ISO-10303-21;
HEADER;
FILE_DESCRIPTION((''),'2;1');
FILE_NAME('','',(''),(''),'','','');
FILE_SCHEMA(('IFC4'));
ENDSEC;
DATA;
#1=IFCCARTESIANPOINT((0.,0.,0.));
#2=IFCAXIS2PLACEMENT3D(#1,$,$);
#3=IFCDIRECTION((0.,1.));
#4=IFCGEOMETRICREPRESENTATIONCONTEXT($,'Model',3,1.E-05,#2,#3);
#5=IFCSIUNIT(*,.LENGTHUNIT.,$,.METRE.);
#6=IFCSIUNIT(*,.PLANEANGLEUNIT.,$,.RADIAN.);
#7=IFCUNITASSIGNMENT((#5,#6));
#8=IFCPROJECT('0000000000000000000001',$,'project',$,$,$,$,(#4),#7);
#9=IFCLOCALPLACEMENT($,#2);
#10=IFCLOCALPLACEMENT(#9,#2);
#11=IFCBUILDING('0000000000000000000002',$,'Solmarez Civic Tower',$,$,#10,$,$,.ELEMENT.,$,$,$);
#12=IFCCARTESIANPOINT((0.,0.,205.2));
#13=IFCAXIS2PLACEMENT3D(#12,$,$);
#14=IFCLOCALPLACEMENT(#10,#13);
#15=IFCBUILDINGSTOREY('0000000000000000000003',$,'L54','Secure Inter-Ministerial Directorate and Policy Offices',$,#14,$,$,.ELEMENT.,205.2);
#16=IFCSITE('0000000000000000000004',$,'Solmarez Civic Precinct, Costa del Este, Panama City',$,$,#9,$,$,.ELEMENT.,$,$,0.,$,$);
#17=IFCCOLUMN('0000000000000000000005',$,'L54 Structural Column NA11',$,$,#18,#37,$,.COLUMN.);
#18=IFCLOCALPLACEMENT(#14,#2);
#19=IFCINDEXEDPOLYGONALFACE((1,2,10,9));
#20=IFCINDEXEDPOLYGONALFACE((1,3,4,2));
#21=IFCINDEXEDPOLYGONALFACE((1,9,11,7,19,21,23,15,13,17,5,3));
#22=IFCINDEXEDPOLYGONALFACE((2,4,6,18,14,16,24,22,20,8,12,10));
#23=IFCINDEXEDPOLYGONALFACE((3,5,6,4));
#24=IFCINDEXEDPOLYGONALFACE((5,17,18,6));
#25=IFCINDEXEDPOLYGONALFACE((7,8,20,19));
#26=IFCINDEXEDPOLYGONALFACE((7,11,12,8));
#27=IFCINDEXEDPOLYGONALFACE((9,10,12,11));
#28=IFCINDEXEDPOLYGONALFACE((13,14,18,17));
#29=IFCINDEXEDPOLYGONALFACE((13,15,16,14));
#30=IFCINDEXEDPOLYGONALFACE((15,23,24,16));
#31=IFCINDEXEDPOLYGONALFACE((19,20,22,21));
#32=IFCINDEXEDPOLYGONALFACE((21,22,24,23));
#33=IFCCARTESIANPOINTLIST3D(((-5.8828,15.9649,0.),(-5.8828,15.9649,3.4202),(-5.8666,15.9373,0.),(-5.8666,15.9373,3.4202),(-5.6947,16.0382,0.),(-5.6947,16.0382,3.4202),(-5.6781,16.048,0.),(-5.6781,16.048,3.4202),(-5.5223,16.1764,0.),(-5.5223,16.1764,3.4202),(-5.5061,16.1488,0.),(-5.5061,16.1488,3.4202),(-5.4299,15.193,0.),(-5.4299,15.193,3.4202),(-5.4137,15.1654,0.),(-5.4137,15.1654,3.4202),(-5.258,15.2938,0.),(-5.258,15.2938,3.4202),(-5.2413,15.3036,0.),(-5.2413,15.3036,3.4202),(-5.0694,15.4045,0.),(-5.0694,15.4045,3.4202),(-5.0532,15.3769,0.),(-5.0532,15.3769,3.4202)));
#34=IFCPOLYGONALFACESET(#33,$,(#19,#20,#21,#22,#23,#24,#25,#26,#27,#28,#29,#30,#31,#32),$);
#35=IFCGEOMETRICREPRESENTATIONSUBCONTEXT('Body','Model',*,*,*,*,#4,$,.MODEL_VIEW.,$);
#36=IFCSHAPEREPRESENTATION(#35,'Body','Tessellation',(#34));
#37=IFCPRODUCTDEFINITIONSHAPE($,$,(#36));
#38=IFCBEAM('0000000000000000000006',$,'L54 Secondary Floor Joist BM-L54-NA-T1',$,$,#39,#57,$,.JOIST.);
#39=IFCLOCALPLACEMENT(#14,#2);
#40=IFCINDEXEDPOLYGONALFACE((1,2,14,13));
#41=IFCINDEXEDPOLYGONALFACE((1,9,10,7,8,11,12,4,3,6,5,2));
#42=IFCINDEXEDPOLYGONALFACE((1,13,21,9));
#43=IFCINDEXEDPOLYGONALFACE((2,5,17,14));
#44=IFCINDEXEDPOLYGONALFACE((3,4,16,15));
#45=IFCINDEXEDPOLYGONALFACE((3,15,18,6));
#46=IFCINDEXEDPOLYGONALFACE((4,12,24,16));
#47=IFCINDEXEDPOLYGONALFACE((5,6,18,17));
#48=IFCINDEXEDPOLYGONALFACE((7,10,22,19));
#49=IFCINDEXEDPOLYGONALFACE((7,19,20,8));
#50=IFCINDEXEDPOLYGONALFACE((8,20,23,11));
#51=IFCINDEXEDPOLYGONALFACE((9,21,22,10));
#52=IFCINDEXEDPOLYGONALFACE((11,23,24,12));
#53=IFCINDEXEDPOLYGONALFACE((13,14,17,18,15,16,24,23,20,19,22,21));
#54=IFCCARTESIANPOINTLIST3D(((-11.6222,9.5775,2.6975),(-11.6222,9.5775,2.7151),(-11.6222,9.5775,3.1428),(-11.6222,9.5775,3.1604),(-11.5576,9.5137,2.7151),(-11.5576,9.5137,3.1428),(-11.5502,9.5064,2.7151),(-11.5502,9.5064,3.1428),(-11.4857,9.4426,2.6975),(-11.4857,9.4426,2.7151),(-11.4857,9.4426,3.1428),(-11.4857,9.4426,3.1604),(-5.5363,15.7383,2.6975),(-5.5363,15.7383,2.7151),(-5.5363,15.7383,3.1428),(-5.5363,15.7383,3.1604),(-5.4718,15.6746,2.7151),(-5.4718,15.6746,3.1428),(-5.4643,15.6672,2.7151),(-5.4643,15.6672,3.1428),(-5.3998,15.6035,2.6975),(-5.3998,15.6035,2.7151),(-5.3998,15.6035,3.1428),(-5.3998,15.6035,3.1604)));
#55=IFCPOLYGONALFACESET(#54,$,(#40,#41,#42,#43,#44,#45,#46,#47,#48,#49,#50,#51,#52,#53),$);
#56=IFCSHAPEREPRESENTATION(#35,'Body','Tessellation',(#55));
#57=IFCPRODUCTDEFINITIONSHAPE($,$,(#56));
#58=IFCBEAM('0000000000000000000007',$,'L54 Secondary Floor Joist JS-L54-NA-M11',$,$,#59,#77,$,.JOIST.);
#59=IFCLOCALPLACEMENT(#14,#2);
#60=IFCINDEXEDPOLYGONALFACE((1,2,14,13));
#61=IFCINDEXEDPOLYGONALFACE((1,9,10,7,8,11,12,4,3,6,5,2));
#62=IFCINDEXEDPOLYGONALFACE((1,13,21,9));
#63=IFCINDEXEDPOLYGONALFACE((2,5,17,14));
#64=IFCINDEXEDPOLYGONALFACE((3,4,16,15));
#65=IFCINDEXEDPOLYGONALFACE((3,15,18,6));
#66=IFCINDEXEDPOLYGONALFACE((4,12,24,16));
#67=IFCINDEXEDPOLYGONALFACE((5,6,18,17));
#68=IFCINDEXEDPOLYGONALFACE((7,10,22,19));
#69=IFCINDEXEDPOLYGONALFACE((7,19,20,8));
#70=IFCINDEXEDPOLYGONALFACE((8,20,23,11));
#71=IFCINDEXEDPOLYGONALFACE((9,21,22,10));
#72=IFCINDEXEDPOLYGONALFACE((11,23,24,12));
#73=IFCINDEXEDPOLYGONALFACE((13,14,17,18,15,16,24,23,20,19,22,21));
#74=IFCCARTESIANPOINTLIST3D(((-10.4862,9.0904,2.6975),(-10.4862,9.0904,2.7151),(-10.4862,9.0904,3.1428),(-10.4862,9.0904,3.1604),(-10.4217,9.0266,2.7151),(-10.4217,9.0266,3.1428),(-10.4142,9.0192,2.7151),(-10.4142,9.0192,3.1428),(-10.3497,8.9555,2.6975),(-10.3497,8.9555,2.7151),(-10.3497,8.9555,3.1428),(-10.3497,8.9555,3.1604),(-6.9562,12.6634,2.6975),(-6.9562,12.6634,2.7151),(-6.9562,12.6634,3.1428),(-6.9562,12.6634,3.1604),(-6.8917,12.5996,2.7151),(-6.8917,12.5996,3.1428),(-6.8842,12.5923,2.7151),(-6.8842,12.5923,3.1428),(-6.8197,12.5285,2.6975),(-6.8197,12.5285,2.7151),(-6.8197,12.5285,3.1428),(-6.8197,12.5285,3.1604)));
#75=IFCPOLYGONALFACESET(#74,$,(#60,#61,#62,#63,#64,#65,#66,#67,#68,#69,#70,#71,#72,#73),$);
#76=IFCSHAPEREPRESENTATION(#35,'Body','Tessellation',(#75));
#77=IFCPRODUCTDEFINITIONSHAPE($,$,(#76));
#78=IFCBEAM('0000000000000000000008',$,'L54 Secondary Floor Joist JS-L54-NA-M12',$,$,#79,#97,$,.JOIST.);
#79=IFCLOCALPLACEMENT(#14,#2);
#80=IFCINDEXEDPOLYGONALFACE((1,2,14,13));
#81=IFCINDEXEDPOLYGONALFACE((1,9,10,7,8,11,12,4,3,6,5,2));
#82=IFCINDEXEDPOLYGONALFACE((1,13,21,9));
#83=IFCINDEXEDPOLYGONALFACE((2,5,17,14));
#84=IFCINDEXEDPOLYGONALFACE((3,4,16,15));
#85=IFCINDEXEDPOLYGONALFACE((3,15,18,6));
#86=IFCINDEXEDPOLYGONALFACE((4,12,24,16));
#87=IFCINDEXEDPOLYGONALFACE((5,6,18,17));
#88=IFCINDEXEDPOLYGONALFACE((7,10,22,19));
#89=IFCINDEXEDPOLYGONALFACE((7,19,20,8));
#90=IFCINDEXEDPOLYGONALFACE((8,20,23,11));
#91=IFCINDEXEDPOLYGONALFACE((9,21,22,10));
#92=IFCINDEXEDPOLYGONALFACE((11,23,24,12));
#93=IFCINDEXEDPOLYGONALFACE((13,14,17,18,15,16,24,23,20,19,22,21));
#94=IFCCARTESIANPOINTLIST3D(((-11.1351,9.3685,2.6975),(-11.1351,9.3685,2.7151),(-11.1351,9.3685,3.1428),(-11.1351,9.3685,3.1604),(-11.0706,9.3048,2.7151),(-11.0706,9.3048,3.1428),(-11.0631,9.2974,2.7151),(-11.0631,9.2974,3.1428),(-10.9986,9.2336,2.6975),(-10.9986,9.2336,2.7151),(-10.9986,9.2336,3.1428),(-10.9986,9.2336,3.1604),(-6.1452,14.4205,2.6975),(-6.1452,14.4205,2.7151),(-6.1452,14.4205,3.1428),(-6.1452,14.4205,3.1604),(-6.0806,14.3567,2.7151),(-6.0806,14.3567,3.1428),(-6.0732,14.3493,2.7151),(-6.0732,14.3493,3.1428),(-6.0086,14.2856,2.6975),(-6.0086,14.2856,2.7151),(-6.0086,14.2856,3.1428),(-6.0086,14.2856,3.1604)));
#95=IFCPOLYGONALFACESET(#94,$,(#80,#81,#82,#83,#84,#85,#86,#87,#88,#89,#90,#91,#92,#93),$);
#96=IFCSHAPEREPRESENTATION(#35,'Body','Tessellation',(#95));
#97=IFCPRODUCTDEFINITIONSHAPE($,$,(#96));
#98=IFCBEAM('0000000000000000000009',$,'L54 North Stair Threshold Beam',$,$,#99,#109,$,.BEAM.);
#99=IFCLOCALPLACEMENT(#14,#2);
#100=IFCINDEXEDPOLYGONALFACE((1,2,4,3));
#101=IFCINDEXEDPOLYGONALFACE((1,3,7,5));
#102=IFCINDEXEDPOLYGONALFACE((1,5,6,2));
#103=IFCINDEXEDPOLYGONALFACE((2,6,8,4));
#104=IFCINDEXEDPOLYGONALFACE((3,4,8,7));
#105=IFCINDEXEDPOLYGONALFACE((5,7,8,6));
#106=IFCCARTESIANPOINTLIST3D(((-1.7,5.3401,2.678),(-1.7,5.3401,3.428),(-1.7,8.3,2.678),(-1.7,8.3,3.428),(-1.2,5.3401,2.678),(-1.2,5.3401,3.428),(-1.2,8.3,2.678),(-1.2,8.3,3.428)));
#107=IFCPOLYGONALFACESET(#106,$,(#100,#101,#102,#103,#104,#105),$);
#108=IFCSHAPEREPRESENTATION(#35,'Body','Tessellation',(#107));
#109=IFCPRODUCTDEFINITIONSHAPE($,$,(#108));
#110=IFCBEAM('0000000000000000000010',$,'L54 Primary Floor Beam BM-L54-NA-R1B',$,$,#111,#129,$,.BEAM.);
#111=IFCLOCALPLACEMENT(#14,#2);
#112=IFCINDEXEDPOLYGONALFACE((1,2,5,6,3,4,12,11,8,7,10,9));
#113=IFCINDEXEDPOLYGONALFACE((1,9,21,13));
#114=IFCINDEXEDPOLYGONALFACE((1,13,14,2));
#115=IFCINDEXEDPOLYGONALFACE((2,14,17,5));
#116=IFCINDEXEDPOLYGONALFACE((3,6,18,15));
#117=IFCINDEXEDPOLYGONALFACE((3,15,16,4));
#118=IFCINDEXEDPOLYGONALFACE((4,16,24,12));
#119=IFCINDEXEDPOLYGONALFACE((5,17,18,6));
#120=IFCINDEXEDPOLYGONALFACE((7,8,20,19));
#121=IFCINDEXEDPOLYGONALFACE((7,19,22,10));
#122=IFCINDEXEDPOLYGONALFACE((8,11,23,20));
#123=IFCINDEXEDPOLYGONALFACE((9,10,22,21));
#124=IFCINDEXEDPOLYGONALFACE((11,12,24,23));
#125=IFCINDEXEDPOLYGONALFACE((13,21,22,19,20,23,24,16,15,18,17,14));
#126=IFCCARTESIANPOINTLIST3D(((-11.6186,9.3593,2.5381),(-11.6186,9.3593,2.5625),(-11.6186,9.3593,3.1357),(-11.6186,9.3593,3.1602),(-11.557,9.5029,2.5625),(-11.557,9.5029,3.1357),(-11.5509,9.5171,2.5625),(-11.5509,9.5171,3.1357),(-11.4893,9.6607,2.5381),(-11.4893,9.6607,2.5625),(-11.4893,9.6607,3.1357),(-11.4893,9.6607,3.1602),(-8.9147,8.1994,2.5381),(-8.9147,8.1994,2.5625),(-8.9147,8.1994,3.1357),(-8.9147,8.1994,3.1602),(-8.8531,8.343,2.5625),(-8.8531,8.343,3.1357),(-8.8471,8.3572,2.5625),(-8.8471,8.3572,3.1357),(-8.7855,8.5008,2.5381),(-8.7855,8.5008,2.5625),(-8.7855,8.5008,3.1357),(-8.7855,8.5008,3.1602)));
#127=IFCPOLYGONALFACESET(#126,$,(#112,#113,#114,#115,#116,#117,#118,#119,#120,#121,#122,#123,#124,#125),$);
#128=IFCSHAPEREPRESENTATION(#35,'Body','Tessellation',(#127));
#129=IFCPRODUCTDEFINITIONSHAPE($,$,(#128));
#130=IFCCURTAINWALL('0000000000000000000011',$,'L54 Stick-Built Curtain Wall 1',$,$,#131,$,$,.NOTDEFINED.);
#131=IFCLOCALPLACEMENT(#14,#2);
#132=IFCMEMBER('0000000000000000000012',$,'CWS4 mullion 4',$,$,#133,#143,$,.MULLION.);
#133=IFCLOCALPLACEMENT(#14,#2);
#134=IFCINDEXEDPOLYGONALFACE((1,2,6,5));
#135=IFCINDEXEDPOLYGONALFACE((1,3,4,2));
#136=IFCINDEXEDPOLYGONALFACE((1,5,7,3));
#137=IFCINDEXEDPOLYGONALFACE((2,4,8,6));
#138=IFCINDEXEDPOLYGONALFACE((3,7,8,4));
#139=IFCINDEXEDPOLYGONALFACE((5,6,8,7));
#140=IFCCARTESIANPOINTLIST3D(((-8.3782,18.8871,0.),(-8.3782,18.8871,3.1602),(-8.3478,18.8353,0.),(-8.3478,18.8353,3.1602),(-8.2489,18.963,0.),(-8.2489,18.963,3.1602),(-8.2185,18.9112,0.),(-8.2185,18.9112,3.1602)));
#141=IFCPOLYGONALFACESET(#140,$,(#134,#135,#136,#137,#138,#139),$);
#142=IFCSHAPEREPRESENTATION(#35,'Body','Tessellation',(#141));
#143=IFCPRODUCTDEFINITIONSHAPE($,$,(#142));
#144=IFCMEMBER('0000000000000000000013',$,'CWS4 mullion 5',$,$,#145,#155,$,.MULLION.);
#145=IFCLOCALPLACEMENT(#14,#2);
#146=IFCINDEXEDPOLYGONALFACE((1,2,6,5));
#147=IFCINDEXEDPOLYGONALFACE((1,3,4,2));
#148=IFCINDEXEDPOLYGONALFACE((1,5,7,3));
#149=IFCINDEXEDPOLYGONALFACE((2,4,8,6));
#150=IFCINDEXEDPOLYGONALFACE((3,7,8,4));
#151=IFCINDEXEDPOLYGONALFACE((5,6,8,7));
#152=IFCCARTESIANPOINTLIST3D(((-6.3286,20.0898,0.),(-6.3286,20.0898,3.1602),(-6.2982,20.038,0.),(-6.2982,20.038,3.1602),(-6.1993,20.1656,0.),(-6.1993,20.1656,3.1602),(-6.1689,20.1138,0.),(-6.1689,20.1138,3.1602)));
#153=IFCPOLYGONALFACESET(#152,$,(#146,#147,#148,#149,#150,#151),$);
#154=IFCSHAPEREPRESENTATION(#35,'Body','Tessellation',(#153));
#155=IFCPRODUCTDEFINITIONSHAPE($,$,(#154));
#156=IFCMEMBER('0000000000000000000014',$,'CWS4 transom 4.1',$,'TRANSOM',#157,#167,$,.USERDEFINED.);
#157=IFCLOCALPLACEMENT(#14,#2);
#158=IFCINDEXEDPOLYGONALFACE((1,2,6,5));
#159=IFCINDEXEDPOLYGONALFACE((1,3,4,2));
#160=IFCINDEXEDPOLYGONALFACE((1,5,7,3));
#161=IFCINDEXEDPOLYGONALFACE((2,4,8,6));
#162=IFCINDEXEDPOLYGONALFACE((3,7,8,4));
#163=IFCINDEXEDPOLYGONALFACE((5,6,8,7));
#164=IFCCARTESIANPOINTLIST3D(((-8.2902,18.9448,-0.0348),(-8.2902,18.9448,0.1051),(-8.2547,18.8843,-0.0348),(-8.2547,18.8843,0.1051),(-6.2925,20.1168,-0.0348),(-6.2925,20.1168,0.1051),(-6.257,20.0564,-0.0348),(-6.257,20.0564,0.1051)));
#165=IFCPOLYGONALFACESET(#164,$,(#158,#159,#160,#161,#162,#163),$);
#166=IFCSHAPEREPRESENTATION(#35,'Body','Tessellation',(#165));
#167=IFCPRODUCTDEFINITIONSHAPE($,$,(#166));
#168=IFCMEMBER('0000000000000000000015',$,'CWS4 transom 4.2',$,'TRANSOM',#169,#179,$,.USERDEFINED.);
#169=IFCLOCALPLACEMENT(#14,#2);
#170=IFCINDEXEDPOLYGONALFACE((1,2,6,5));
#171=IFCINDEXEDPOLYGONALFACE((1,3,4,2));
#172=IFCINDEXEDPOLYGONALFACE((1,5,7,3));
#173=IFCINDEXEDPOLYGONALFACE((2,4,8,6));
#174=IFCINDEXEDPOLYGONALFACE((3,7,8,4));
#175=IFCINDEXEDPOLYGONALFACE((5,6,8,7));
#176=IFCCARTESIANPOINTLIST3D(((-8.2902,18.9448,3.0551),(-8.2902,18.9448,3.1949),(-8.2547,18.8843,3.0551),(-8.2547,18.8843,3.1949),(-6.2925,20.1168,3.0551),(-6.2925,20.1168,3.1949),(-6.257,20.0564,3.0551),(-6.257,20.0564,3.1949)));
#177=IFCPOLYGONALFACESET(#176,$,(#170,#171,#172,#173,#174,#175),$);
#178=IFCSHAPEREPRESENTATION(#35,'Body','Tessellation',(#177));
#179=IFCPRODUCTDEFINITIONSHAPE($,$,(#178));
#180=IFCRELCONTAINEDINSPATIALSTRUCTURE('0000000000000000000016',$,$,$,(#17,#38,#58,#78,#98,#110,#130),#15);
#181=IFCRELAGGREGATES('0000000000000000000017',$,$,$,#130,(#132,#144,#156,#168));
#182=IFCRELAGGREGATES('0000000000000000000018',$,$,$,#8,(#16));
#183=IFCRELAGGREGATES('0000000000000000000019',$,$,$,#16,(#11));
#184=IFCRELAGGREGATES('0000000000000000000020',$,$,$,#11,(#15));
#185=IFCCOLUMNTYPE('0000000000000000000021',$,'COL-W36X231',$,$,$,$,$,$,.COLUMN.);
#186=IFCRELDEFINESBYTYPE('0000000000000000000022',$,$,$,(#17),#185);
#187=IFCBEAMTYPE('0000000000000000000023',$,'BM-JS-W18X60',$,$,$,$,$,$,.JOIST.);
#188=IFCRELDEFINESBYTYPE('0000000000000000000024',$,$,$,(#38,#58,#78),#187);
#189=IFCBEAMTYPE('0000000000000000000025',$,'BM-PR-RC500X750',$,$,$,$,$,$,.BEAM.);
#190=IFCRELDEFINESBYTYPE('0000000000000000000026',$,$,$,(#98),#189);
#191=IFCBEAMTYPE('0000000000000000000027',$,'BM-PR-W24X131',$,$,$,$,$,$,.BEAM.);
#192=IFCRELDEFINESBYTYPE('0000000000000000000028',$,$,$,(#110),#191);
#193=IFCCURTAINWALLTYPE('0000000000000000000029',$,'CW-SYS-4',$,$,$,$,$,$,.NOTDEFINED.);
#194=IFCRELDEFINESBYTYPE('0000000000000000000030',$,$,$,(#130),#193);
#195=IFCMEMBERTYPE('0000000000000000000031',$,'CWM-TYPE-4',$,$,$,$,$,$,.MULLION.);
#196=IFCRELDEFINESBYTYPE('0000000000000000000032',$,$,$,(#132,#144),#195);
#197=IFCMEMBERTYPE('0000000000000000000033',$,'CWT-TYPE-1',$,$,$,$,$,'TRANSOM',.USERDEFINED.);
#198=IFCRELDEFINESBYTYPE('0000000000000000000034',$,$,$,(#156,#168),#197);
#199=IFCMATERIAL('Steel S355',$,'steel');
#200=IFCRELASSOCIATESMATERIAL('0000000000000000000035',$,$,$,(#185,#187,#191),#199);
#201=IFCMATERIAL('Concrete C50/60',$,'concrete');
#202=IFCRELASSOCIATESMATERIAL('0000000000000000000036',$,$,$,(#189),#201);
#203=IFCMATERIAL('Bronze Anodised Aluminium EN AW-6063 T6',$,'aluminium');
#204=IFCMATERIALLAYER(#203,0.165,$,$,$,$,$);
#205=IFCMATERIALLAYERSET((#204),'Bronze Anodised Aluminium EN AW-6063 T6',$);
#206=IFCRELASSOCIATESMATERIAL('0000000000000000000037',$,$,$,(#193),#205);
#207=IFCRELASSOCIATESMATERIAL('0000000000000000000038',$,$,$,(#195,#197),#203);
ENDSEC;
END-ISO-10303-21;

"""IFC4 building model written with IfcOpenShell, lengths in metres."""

from ifc_helpers import new_model, si_unit, direction, frame, origin, origin_2d, place, context, subcontext, project, spatial, rectangle, i_section, extrude, material, layer, layer_set, material_profile, profile_set, type_object, element, aggregate, save


model = new_model("IFC4")

# Units and contexts
model_context = context("Model", 3, precision=1e-05, world=origin(), true_north=direction((0.0, 1.0)))
body_context = subcontext(model_context, "Body", "Model", "MODEL_VIEW")
ifc_project = project(units=[si_unit("LENGTHUNIT", "METRE"), si_unit("PLANEANGLEUNIT", "RADIAN")], contexts=[model_context])

# Site, building, storey
site_placement = place(None, origin())
site = spatial("IfcSite", under=ifc_project, at=site_placement, Name="Solmarez Civic Precinct, Costa del Este, Panama City", CompositionType="ELEMENT", RefElevation=0.0)
building_placement = place(site_placement, origin())
building = spatial("IfcBuilding", under=site, at=building_placement, Name="Solmarez Civic Tower", CompositionType="ELEMENT")
storey_placement = place(building_placement, frame((0.0, 0.0, 205.2)))
storey = spatial("IfcBuildingStorey", under=building, at=storey_placement, Name="L54", Description="Secure Inter-Ministerial Directorate and Policy Offices", CompositionType="ELEMENT", Elevation=205.2)

# Column
ifc_material_1 = material(Name="Steel S355", Category="steel")
ifc_material_profile_1 = material_profile(ifc_material_1, i_section(OverallWidth=0.418, OverallDepth=0.927, WebThickness=0.0193, FlangeThickness=0.032, at=origin_2d()), Name="W36X231")
ifc_profile_set_1 = profile_set([ifc_material_profile_1], Name="Steel S355")
column_type = type_object("IfcColumnType", Name="COL-W36X231", PredefinedType="COLUMN", material=ifc_profile_set_1)
column_placement = place(storey_placement, frame((-5.468, 15.6709, 0.0), z_axis=(0.0, 0.0, 1.0), x_axis=(0.862514, 0.506034, 0.0)))
element("IfcColumn", 1, at=column_placement, inside=storey, type_object=column_type, Name="L54 Structural Column NA11", PredefinedType="COLUMN", context=body_context, shape_type="SweptSolid", body=[
    extrude(i_section(OverallWidth=0.418, OverallDepth=0.927, WebThickness=0.0193, FlangeThickness=0.032, at=origin_2d()), origin(), (0.0, 0.0, 1.0), 3.4202),
])

# Beams
ifc_material_profile_2 = material_profile(ifc_material_1, i_section(OverallWidth=0.1919, OverallDepth=0.4629, WebThickness=0.0105, FlangeThickness=0.0176, at=origin_2d()), Name="W18X60")
ifc_profile_set_2 = profile_set([ifc_material_profile_2], Name="Steel S355")
beam_type_1 = type_object("IfcBeamType", Name="BM-JS-W18X60", PredefinedType="JOIST", material=ifc_profile_set_2)
beam_1_placement = place(storey_placement, frame((-5.468, 15.6709, 2.929), z_axis=(-0.702766, -0.711421, 0.0), x_axis=(0.711421, -0.702766, 0.0)))
element("IfcBeam", 2, at=beam_1_placement, inside=storey, type_object=beam_type_1, Name="L54 Secondary Floor Joist BM-L54-NA-T1", PredefinedType="JOIST", context=body_context, shape_type="SweptSolid", body=[
    extrude(i_section(OverallWidth=0.1919, OverallDepth=0.4629, WebThickness=0.0105, FlangeThickness=0.0176, at=origin_2d()), origin(), (0.0, 0.0, 1.0), 8.6599),
])
beam_2_placement = place(storey_placement, frame((-6.8879, 12.5959, 2.929), z_axis=(-0.702816, -0.711371, 0.0), x_axis=(0.711371, -0.702816, 0.0)))
element("IfcBeam", 3, at=beam_2_placement, inside=storey, type_object=beam_type_1, Name="L54 Secondary Floor Joist JS-L54-NA-M11", PredefinedType="JOIST", context=body_context, shape_type="SweptSolid", body=[
    extrude(i_section(OverallWidth=0.1919, OverallDepth=0.4629, WebThickness=0.0105, FlangeThickness=0.0176, at=origin_2d()), origin(), (0.0, 0.0, 1.0), 5.0227),
])
beam_3_placement = place(storey_placement, frame((-6.0769, 14.353, 2.929), z_axis=(-0.702727, -0.71146, 0.0), x_axis=(0.71146, -0.702727, 0.0)))
element("IfcBeam", 4, at=beam_3_placement, inside=storey, type_object=beam_type_1, Name="L54 Secondary Floor Joist JS-L54-NA-M12", PredefinedType="JOIST", context=body_context, shape_type="SweptSolid", body=[
    extrude(i_section(OverallWidth=0.1919, OverallDepth=0.4629, WebThickness=0.0105, FlangeThickness=0.0176, at=origin_2d()), origin(), (0.0, 0.0, 1.0), 7.1008),
])
ifc_material_2 = material(Name="Concrete C50/60", Category="concrete")
ifc_material_profile_3 = material_profile(ifc_material_2, rectangle(XDim=0.5, YDim=0.75, at=origin_2d()), Name="RC500X750")
ifc_profile_set_3 = profile_set([ifc_material_profile_3], Name="Concrete C50/60")
beam_type_2 = type_object("IfcBeamType", Name="BM-PR-RC500X750", PredefinedType="BEAM", material=ifc_profile_set_3)
beam_4_placement = place(storey_placement, frame((-1.45, 5.3401, 3.053), z_axis=(0.0, 1.0, 0.0), x_axis=(-1.0, 0.0, 0.0)))
element("IfcBeam", 5, at=beam_4_placement, inside=storey, type_object=beam_type_2, Name="L54 North Stair Threshold Beam", PredefinedType="BEAM", context=body_context, shape_type="SweptSolid", body=[
    extrude(rectangle(XDim=0.5, YDim=0.75, at=origin_2d()), origin(), (0.0, 0.0, 1.0), 2.96),
])
ifc_material_profile_4 = material_profile(ifc_material_1, i_section(OverallWidth=0.3279, OverallDepth=0.6221, WebThickness=0.0154, FlangeThickness=0.0244, at=origin_2d()), Name="W24X131")
ifc_profile_set_4 = profile_set([ifc_material_profile_4], Name="Steel S355")
beam_type_3 = type_object("IfcBeamType", Name="BM-PR-W24X131", PredefinedType="BEAM", material=ifc_profile_set_4)
beam_5_placement = place(storey_placement, frame((-8.8501, 8.3501, 2.8491), z_axis=(-0.919008, 0.39424, 0.0), x_axis=(-0.39424, -0.919008, 0.0)))
element("IfcBeam", 6, at=beam_5_placement, inside=storey, type_object=beam_type_3, Name="L54 Primary Floor Beam BM-L54-NA-R1B", PredefinedType="BEAM", context=body_context, shape_type="SweptSolid", body=[
    extrude(i_section(OverallWidth=0.3279, OverallDepth=0.6221, WebThickness=0.0154, FlangeThickness=0.0244, at=origin_2d()), origin(), (0.0, 0.0, 1.0), 2.9421),
])

# Curtain wall, members
ifc_material_3 = material(Name="Bronze Anodised Aluminium EN AW-6063 T6", Category="aluminium")
ifc_layer_1 = layer(ifc_material_3, 0.165)
ifc_layer_set_1 = layer_set([ifc_layer_1], Name="Bronze Anodised Aluminium EN AW-6063 T6")
curtain_wall_type = type_object("IfcCurtainWallType", Name="CW-SYS-4", PredefinedType="NOTDEFINED", material=ifc_layer_set_1)
curtain_wall_placement = place(storey_placement, origin())
curtain_wall = element("IfcCurtainWall", 7, at=curtain_wall_placement, inside=storey, type_object=curtain_wall_type, Name="L54 Stick-Built Curtain Wall 1", PredefinedType="NOTDEFINED")
ifc_material_profile_5 = material_profile(ifc_material_3, rectangle(XDim=0.0601, YDim=0.1499, at=origin_2d()), Name="CWM-60X150")
ifc_profile_set_5 = profile_set([ifc_material_profile_5], Name="Bronze Anodised Aluminium EN AW-6063 T6")
member_type_1 = type_object("IfcMemberType", Name="CWM-TYPE-4", PredefinedType="MULLION", material=ifc_profile_set_5)
member_1_placement = place(storey_placement, frame((-8.2983, 18.8992, 0.0), z_axis=(0.0, 0.0, 1.0), x_axis=(-0.506098, 0.862476, 0.0)))
member_1 = element("IfcMember", 8, at=member_1_placement, type_object=member_type_1, Name="CWS4 mullion 4", PredefinedType="MULLION", context=body_context, shape_type="SweptSolid", body=[
    extrude(rectangle(XDim=0.0601, YDim=0.1499, at=origin_2d()), origin(), (0.0, 0.0, 1.0), 3.1602),
])
member_2_placement = place(storey_placement, frame((-6.2488, 20.1018, 0.0), z_axis=(0.0, 0.0, 1.0), x_axis=(-0.506098, 0.862476, 0.0)))
member_2 = element("IfcMember", 9, at=member_2_placement, type_object=member_type_1, Name="CWS4 mullion 5", PredefinedType="MULLION", context=body_context, shape_type="SweptSolid", body=[
    extrude(rectangle(XDim=0.0601, YDim=0.1499, at=origin_2d()), origin(), (0.0, 0.0, 1.0), 3.1602),
])
ifc_material_profile_6 = material_profile(ifc_material_3, rectangle(XDim=0.0701, YDim=0.1399, at=origin_2d()), Name="CWT-70X140")
ifc_profile_set_6 = profile_set([ifc_material_profile_6], Name="Bronze Anodised Aluminium EN AW-6063 T6")
member_type_2 = type_object("IfcMemberType", Name="CWT-TYPE-1", ElementType="TRANSOM", PredefinedType="USERDEFINED", material=ifc_profile_set_6)
member_3_placement = place(storey_placement, frame((-8.2725, 18.9146, 0.0352), z_axis=(0.862511, 0.506039, 0.0), x_axis=(-0.506039, 0.862511, 0.0)))
member_3 = element("IfcMember", 10, at=member_3_placement, type_object=member_type_2, Name="CWS4 transom 4.1", ObjectType="TRANSOM", PredefinedType="USERDEFINED", context=body_context, shape_type="SweptSolid", body=[
    extrude(rectangle(XDim=0.0701, YDim=0.1399, at=origin_2d()), origin(), (0.0, 0.0, 1.0), 2.3162),
])
member_4_placement = place(storey_placement, frame((-8.2725, 18.9146, 3.125), z_axis=(0.862511, 0.506039, 0.0), x_axis=(-0.506039, 0.862511, 0.0)))
member_4 = element("IfcMember", 11, at=member_4_placement, type_object=member_type_2, Name="CWS4 transom 4.2", ObjectType="TRANSOM", PredefinedType="USERDEFINED", context=body_context, shape_type="SweptSolid", body=[
    extrude(rectangle(XDim=0.0701, YDim=0.1399, at=origin_2d()), origin(), (0.0, 0.0, 1.0), 2.3162),
])
aggregate(curtain_wall, [member_1, member_2, member_3, member_4])

save(model, "model.ifc")
